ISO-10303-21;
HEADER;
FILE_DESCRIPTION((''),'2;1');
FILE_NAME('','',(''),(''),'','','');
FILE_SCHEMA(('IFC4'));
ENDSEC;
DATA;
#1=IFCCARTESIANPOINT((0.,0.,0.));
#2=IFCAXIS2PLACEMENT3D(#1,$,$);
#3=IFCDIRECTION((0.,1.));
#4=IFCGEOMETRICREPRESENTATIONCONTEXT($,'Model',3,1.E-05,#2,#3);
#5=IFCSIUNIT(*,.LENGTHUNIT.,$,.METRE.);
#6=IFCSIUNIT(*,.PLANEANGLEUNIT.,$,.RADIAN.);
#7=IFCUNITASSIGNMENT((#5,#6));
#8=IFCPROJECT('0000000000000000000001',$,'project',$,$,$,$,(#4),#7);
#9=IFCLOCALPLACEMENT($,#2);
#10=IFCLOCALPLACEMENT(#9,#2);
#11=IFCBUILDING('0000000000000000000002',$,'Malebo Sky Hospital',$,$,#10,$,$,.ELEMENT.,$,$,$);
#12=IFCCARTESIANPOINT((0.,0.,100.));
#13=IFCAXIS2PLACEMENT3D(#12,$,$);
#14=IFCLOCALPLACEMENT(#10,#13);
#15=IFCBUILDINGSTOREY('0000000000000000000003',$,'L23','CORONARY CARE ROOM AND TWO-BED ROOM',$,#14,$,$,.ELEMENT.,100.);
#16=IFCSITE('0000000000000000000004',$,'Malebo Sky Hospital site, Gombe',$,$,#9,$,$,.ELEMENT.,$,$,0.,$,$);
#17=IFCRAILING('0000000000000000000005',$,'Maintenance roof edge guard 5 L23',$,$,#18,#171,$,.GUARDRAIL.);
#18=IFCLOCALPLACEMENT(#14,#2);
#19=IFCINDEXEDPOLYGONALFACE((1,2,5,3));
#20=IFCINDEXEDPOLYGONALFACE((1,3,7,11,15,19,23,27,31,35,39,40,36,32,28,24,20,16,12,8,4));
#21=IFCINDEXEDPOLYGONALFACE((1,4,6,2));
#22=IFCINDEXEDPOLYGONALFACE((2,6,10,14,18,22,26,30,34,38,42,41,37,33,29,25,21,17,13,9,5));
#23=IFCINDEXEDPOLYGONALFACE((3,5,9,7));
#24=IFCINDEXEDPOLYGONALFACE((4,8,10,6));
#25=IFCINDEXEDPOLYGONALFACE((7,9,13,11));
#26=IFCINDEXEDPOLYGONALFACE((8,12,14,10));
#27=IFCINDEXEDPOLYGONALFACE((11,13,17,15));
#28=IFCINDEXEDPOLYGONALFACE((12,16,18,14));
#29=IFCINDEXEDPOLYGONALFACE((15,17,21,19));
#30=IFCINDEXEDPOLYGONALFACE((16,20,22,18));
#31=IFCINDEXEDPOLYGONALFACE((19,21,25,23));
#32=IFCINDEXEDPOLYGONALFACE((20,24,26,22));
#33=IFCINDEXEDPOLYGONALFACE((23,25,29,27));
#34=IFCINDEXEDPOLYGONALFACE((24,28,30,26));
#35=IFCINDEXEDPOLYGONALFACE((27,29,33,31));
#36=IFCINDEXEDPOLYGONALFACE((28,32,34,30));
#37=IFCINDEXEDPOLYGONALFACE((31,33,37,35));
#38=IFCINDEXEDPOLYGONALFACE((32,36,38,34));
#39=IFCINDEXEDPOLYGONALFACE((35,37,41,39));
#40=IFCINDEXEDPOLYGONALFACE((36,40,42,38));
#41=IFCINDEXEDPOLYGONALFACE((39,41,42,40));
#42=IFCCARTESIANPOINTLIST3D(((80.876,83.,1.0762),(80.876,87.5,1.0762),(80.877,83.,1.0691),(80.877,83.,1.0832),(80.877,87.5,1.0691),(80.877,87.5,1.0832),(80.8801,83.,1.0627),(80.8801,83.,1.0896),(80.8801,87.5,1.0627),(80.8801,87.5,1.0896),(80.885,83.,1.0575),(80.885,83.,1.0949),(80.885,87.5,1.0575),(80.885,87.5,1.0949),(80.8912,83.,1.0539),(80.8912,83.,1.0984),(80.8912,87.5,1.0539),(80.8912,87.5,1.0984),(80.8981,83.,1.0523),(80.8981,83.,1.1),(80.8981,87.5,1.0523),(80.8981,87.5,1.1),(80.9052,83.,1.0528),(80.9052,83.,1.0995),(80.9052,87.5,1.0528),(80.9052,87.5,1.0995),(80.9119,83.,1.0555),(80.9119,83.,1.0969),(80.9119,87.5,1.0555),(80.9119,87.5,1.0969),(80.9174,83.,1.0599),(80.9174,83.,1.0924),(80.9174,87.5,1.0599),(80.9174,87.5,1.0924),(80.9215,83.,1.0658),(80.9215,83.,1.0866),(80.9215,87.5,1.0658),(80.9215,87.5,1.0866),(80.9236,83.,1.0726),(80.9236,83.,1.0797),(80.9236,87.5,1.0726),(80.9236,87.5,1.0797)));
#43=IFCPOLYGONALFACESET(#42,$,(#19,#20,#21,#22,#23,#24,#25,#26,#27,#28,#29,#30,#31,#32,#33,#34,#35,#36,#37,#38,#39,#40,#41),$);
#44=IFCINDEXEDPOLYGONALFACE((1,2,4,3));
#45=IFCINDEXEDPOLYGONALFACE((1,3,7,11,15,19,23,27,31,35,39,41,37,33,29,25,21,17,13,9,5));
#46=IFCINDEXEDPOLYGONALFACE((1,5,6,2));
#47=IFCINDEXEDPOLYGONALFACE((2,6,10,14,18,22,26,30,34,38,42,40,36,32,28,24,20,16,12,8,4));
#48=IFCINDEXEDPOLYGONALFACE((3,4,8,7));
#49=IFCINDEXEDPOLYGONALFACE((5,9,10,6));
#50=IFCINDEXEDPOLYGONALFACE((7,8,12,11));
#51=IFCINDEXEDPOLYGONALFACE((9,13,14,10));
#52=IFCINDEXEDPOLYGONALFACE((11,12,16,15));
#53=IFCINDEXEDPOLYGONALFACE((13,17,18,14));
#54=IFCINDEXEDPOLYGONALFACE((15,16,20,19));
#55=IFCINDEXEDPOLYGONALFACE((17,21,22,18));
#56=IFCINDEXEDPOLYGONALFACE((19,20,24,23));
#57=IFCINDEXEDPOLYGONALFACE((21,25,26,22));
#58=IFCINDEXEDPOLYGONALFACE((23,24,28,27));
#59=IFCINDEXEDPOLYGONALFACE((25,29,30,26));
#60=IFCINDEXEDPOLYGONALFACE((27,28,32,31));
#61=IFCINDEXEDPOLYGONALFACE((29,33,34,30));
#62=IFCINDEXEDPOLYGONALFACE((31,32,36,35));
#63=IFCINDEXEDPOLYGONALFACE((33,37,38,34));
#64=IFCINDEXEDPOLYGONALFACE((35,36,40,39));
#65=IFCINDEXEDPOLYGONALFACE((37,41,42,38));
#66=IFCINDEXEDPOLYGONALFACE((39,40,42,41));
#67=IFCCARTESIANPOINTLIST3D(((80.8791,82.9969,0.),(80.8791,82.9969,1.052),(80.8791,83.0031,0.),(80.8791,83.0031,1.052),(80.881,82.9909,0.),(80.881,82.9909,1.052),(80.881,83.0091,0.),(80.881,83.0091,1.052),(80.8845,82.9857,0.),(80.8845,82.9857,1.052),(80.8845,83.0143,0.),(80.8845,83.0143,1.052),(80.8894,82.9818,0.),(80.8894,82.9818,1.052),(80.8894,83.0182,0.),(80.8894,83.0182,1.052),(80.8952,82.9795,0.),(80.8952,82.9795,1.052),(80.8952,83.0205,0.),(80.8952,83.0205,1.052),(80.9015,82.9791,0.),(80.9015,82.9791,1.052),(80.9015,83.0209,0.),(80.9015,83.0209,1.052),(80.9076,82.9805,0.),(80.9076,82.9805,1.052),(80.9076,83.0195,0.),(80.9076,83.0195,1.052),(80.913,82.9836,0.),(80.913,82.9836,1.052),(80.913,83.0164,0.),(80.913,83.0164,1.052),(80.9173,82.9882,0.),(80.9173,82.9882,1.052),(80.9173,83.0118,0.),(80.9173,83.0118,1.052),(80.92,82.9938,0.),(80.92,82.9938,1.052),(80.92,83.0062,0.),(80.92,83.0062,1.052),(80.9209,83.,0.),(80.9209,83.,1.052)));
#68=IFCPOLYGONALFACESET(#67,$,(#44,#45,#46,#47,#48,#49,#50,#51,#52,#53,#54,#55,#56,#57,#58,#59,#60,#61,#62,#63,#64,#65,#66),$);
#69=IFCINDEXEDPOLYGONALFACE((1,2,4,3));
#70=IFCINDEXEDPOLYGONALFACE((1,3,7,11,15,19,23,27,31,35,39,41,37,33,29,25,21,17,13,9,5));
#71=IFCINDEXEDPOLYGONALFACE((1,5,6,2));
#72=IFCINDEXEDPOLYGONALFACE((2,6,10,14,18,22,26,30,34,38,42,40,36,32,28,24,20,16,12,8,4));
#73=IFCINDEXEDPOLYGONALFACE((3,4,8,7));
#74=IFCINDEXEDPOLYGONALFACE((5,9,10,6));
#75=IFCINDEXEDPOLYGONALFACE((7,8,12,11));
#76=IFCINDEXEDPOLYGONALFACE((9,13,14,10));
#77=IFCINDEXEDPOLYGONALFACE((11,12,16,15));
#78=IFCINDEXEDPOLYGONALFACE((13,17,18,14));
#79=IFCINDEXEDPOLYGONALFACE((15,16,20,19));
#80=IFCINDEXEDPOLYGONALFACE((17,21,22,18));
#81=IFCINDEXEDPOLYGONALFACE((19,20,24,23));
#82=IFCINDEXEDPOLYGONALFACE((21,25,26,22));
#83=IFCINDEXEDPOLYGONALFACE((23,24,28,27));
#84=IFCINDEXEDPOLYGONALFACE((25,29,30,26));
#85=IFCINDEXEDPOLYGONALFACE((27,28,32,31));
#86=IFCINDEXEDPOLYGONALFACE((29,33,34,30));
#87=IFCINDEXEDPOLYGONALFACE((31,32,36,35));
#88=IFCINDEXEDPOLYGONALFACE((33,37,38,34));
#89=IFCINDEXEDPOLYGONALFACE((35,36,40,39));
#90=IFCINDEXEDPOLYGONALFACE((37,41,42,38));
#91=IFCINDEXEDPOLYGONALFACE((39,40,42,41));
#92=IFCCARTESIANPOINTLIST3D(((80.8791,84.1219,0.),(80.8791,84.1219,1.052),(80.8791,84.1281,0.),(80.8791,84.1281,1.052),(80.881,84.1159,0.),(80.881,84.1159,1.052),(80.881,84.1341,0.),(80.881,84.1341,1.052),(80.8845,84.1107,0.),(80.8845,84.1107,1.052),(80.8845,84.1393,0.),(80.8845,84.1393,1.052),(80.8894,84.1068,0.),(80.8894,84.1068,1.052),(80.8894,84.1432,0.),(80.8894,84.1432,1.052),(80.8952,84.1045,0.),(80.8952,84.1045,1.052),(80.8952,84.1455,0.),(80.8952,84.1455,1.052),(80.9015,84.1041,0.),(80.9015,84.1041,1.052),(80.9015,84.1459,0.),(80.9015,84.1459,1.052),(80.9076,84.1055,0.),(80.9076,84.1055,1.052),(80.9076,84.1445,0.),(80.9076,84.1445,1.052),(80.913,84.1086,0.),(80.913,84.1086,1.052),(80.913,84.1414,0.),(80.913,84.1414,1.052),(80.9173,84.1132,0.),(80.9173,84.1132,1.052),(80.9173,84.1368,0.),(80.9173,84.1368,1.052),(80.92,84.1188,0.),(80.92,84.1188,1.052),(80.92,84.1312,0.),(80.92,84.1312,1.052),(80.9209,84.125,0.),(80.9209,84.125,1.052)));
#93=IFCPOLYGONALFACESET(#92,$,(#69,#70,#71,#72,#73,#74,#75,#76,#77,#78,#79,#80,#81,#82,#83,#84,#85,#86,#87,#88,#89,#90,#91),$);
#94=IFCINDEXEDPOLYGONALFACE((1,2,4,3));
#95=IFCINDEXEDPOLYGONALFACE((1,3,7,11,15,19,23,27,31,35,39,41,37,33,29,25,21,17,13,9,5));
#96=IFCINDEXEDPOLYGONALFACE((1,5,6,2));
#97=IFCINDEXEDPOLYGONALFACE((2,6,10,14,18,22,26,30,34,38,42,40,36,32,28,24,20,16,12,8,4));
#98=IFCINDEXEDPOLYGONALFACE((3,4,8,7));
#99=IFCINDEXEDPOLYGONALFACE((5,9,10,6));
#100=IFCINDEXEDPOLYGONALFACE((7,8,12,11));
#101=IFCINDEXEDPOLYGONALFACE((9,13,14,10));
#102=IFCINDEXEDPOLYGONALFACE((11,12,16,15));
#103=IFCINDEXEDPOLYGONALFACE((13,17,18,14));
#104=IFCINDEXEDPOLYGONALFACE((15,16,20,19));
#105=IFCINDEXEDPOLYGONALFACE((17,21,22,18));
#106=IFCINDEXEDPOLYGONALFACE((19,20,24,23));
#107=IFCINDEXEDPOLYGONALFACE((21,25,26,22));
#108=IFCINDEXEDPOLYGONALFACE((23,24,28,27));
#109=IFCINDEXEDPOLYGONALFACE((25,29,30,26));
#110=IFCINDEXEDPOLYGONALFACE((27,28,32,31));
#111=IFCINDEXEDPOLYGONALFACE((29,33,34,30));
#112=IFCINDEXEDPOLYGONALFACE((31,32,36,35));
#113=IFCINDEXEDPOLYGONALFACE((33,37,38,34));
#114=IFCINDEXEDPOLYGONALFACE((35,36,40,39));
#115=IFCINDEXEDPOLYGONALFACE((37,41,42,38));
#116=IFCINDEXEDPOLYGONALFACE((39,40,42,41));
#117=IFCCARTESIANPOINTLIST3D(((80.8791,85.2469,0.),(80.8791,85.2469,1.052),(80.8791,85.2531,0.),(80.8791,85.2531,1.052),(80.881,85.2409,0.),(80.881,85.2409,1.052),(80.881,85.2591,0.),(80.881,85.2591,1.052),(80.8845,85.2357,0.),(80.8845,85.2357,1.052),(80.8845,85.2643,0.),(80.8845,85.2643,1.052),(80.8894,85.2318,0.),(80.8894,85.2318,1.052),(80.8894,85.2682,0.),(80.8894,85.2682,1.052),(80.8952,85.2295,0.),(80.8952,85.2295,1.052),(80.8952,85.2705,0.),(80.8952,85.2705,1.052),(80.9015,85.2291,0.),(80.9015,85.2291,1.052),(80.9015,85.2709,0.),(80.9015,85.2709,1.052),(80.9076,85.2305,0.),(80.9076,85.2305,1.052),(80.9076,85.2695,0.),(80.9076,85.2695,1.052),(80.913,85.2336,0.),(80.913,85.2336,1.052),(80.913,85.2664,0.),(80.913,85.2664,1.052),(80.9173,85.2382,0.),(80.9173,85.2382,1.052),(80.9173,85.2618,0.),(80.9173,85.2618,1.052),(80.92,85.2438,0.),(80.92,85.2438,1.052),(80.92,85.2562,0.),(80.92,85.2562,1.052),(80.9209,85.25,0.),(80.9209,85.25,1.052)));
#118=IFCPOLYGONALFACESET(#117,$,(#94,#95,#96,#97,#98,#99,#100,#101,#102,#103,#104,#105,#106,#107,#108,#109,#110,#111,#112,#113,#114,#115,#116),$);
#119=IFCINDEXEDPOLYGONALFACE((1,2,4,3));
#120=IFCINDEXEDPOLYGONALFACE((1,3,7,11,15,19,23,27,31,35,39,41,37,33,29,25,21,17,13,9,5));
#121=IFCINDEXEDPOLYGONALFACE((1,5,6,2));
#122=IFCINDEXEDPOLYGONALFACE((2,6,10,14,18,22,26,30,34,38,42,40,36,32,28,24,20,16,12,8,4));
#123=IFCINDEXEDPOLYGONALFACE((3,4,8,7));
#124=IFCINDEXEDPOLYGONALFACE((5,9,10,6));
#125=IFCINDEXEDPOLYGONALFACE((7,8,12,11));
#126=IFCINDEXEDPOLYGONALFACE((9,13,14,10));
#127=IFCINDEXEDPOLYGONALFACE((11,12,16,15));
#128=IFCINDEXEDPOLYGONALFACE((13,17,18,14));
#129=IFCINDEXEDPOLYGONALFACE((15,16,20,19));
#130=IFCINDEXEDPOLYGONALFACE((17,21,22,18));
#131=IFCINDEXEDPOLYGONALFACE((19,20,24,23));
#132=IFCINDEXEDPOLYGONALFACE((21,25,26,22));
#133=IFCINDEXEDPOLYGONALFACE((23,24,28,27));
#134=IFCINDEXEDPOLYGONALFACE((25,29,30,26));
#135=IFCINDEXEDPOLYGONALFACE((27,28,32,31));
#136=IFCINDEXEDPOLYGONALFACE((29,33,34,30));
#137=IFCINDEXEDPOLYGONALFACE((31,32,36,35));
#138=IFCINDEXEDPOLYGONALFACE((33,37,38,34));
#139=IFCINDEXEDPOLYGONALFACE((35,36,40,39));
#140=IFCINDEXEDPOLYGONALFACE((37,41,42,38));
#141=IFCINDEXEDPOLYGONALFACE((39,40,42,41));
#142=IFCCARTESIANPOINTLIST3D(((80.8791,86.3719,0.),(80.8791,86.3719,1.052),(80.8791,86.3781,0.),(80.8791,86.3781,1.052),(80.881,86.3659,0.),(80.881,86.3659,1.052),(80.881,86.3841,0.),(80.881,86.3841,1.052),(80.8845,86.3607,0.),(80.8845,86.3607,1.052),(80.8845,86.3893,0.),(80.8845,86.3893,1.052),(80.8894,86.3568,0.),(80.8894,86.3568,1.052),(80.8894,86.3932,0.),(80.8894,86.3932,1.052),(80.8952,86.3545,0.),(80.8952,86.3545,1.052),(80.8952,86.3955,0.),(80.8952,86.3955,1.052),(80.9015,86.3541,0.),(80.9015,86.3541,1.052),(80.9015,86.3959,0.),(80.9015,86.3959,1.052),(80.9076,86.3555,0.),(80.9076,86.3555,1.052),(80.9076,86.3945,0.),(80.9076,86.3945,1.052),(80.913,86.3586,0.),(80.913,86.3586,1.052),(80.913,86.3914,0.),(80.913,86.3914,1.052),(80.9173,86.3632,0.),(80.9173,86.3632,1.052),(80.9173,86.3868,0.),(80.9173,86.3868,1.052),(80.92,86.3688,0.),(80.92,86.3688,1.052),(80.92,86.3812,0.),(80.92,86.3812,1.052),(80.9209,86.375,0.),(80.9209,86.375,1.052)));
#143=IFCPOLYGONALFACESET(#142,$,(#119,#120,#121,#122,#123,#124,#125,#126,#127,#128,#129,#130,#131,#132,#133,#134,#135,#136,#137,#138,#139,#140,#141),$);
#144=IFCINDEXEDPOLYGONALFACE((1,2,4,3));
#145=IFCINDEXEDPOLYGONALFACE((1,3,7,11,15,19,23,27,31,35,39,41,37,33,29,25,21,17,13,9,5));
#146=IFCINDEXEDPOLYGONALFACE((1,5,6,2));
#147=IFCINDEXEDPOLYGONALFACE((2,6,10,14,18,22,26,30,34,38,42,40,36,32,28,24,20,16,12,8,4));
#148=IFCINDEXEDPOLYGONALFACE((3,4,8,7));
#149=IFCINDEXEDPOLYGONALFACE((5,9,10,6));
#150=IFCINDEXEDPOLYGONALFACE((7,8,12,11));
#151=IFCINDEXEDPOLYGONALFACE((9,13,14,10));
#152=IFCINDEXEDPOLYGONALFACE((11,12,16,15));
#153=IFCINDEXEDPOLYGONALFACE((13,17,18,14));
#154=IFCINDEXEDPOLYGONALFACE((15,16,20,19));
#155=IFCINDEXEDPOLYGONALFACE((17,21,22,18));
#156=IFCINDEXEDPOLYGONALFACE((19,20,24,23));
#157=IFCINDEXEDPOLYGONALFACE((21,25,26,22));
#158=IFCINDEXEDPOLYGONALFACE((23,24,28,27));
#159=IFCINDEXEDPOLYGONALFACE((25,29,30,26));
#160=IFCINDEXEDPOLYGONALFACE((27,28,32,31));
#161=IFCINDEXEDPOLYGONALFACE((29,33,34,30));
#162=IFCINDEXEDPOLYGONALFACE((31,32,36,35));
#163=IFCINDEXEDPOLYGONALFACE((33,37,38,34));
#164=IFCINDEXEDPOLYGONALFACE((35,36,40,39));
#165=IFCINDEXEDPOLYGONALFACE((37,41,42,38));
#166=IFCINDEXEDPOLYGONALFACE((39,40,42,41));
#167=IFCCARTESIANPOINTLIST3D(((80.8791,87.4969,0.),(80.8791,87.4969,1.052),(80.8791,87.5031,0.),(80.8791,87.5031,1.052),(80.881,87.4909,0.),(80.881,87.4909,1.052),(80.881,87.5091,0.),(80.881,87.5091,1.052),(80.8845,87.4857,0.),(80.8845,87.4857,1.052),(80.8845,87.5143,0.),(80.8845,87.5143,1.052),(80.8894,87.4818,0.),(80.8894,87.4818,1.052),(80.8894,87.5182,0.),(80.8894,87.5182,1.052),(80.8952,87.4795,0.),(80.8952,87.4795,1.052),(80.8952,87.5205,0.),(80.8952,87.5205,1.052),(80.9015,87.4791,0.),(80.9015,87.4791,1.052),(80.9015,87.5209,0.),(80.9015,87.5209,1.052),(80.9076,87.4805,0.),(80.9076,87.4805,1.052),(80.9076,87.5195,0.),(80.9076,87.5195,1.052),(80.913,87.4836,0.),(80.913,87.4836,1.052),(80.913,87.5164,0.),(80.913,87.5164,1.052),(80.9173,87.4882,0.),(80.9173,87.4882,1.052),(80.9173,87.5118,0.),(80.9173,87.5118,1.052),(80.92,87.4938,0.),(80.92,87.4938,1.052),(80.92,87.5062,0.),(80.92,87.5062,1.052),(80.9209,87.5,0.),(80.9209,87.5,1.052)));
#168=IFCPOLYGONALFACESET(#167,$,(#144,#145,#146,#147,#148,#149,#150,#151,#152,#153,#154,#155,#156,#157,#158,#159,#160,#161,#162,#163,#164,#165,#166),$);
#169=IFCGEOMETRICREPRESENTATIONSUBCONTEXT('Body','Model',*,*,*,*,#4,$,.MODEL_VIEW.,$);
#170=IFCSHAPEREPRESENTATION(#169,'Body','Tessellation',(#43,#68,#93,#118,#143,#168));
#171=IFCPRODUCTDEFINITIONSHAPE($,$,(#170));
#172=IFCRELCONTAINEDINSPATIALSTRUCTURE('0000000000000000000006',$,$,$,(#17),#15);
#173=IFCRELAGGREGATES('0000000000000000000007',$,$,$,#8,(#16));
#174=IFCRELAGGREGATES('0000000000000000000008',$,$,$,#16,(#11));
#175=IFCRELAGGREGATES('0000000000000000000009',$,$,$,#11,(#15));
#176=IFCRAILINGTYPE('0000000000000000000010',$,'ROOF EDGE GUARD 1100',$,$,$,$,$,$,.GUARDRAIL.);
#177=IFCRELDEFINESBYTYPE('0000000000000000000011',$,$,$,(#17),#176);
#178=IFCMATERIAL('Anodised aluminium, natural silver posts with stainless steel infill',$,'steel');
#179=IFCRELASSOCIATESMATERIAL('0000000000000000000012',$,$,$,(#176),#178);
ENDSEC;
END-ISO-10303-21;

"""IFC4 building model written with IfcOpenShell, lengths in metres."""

from ifc_helpers import new_model, si_unit, direction, frame, origin, origin_2d, place, context, subcontext, project, spatial, circle, extrude, material, type_object, element, save


model = new_model("IFC4")

# Units and contexts
model_context = context("Model", 3, precision=1e-05, world=origin(), true_north=direction((0.0, 1.0)))
body_context = subcontext(model_context, "Body", "Model", "MODEL_VIEW")
ifc_project = project(units=[si_unit("LENGTHUNIT", "METRE"), si_unit("PLANEANGLEUNIT", "RADIAN")], contexts=[model_context])

# Site, building, storey
site_placement = place(None, origin())
site = spatial("IfcSite", under=ifc_project, at=site_placement, Name="Malebo Sky Hospital site, Gombe", CompositionType="ELEMENT", RefElevation=0.0)
building_placement = place(site_placement, origin())
building = spatial("IfcBuilding", under=site, at=building_placement, Name="Malebo Sky Hospital", CompositionType="ELEMENT")
storey_placement = place(building_placement, frame((0.0, 0.0, 100.0)))
storey = spatial("IfcBuildingStorey", under=building, at=storey_placement, Name="L23", Description="CORONARY CARE ROOM AND TWO-BED ROOM", CompositionType="ELEMENT", Elevation=100.0)

# Railing
ifc_material_1 = material(Name="Anodised aluminium, natural silver posts with stainless steel infill", Category="steel")
railing_type = type_object("IfcRailingType", Name="ROOF EDGE GUARD 1100", PredefinedType="GUARDRAIL", material=ifc_material_1)
railing_1_placement = place(storey_placement, frame((80.8999, 83.0, 0.0)))
element("IfcRailing", 1, at=railing_1_placement, inside=storey, type_object=railing_type, Name="Maintenance roof edge guard 5 L23", PredefinedType="GUARDRAIL", context=body_context, shape_type="SweptSolid", body=[
    extrude(circle(Radius=0.0239, at=origin_2d()), frame((0.0, 0.0, 1.0762), z_axis=(0.0, 1.0, 0.0), x_axis=(-1.0, 0.0, 0.0)), (0.0, 0.0, 1.0), 4.5),
    extrude(circle(Radius=0.021, at=origin_2d()), origin(), (0.0, 0.0, 1.0), 1.052),
    extrude(circle(Radius=0.021, at=origin_2d()), frame((0.0, 1.125, 0.0)), (0.0, 0.0, 1.0), 1.052),
    extrude(circle(Radius=0.021, at=origin_2d()), frame((0.0, 2.25, 0.0)), (0.0, 0.0, 1.0), 1.052),
    extrude(circle(Radius=0.021, at=origin_2d()), frame((0.0, 3.375, 0.0)), (0.0, 0.0, 1.0), 1.052),
    extrude(circle(Radius=0.021, at=origin_2d()), frame((0.0, 4.5, 0.0)), (0.0, 0.0, 1.0), 1.052),
])

save(model, "model.ifc")
